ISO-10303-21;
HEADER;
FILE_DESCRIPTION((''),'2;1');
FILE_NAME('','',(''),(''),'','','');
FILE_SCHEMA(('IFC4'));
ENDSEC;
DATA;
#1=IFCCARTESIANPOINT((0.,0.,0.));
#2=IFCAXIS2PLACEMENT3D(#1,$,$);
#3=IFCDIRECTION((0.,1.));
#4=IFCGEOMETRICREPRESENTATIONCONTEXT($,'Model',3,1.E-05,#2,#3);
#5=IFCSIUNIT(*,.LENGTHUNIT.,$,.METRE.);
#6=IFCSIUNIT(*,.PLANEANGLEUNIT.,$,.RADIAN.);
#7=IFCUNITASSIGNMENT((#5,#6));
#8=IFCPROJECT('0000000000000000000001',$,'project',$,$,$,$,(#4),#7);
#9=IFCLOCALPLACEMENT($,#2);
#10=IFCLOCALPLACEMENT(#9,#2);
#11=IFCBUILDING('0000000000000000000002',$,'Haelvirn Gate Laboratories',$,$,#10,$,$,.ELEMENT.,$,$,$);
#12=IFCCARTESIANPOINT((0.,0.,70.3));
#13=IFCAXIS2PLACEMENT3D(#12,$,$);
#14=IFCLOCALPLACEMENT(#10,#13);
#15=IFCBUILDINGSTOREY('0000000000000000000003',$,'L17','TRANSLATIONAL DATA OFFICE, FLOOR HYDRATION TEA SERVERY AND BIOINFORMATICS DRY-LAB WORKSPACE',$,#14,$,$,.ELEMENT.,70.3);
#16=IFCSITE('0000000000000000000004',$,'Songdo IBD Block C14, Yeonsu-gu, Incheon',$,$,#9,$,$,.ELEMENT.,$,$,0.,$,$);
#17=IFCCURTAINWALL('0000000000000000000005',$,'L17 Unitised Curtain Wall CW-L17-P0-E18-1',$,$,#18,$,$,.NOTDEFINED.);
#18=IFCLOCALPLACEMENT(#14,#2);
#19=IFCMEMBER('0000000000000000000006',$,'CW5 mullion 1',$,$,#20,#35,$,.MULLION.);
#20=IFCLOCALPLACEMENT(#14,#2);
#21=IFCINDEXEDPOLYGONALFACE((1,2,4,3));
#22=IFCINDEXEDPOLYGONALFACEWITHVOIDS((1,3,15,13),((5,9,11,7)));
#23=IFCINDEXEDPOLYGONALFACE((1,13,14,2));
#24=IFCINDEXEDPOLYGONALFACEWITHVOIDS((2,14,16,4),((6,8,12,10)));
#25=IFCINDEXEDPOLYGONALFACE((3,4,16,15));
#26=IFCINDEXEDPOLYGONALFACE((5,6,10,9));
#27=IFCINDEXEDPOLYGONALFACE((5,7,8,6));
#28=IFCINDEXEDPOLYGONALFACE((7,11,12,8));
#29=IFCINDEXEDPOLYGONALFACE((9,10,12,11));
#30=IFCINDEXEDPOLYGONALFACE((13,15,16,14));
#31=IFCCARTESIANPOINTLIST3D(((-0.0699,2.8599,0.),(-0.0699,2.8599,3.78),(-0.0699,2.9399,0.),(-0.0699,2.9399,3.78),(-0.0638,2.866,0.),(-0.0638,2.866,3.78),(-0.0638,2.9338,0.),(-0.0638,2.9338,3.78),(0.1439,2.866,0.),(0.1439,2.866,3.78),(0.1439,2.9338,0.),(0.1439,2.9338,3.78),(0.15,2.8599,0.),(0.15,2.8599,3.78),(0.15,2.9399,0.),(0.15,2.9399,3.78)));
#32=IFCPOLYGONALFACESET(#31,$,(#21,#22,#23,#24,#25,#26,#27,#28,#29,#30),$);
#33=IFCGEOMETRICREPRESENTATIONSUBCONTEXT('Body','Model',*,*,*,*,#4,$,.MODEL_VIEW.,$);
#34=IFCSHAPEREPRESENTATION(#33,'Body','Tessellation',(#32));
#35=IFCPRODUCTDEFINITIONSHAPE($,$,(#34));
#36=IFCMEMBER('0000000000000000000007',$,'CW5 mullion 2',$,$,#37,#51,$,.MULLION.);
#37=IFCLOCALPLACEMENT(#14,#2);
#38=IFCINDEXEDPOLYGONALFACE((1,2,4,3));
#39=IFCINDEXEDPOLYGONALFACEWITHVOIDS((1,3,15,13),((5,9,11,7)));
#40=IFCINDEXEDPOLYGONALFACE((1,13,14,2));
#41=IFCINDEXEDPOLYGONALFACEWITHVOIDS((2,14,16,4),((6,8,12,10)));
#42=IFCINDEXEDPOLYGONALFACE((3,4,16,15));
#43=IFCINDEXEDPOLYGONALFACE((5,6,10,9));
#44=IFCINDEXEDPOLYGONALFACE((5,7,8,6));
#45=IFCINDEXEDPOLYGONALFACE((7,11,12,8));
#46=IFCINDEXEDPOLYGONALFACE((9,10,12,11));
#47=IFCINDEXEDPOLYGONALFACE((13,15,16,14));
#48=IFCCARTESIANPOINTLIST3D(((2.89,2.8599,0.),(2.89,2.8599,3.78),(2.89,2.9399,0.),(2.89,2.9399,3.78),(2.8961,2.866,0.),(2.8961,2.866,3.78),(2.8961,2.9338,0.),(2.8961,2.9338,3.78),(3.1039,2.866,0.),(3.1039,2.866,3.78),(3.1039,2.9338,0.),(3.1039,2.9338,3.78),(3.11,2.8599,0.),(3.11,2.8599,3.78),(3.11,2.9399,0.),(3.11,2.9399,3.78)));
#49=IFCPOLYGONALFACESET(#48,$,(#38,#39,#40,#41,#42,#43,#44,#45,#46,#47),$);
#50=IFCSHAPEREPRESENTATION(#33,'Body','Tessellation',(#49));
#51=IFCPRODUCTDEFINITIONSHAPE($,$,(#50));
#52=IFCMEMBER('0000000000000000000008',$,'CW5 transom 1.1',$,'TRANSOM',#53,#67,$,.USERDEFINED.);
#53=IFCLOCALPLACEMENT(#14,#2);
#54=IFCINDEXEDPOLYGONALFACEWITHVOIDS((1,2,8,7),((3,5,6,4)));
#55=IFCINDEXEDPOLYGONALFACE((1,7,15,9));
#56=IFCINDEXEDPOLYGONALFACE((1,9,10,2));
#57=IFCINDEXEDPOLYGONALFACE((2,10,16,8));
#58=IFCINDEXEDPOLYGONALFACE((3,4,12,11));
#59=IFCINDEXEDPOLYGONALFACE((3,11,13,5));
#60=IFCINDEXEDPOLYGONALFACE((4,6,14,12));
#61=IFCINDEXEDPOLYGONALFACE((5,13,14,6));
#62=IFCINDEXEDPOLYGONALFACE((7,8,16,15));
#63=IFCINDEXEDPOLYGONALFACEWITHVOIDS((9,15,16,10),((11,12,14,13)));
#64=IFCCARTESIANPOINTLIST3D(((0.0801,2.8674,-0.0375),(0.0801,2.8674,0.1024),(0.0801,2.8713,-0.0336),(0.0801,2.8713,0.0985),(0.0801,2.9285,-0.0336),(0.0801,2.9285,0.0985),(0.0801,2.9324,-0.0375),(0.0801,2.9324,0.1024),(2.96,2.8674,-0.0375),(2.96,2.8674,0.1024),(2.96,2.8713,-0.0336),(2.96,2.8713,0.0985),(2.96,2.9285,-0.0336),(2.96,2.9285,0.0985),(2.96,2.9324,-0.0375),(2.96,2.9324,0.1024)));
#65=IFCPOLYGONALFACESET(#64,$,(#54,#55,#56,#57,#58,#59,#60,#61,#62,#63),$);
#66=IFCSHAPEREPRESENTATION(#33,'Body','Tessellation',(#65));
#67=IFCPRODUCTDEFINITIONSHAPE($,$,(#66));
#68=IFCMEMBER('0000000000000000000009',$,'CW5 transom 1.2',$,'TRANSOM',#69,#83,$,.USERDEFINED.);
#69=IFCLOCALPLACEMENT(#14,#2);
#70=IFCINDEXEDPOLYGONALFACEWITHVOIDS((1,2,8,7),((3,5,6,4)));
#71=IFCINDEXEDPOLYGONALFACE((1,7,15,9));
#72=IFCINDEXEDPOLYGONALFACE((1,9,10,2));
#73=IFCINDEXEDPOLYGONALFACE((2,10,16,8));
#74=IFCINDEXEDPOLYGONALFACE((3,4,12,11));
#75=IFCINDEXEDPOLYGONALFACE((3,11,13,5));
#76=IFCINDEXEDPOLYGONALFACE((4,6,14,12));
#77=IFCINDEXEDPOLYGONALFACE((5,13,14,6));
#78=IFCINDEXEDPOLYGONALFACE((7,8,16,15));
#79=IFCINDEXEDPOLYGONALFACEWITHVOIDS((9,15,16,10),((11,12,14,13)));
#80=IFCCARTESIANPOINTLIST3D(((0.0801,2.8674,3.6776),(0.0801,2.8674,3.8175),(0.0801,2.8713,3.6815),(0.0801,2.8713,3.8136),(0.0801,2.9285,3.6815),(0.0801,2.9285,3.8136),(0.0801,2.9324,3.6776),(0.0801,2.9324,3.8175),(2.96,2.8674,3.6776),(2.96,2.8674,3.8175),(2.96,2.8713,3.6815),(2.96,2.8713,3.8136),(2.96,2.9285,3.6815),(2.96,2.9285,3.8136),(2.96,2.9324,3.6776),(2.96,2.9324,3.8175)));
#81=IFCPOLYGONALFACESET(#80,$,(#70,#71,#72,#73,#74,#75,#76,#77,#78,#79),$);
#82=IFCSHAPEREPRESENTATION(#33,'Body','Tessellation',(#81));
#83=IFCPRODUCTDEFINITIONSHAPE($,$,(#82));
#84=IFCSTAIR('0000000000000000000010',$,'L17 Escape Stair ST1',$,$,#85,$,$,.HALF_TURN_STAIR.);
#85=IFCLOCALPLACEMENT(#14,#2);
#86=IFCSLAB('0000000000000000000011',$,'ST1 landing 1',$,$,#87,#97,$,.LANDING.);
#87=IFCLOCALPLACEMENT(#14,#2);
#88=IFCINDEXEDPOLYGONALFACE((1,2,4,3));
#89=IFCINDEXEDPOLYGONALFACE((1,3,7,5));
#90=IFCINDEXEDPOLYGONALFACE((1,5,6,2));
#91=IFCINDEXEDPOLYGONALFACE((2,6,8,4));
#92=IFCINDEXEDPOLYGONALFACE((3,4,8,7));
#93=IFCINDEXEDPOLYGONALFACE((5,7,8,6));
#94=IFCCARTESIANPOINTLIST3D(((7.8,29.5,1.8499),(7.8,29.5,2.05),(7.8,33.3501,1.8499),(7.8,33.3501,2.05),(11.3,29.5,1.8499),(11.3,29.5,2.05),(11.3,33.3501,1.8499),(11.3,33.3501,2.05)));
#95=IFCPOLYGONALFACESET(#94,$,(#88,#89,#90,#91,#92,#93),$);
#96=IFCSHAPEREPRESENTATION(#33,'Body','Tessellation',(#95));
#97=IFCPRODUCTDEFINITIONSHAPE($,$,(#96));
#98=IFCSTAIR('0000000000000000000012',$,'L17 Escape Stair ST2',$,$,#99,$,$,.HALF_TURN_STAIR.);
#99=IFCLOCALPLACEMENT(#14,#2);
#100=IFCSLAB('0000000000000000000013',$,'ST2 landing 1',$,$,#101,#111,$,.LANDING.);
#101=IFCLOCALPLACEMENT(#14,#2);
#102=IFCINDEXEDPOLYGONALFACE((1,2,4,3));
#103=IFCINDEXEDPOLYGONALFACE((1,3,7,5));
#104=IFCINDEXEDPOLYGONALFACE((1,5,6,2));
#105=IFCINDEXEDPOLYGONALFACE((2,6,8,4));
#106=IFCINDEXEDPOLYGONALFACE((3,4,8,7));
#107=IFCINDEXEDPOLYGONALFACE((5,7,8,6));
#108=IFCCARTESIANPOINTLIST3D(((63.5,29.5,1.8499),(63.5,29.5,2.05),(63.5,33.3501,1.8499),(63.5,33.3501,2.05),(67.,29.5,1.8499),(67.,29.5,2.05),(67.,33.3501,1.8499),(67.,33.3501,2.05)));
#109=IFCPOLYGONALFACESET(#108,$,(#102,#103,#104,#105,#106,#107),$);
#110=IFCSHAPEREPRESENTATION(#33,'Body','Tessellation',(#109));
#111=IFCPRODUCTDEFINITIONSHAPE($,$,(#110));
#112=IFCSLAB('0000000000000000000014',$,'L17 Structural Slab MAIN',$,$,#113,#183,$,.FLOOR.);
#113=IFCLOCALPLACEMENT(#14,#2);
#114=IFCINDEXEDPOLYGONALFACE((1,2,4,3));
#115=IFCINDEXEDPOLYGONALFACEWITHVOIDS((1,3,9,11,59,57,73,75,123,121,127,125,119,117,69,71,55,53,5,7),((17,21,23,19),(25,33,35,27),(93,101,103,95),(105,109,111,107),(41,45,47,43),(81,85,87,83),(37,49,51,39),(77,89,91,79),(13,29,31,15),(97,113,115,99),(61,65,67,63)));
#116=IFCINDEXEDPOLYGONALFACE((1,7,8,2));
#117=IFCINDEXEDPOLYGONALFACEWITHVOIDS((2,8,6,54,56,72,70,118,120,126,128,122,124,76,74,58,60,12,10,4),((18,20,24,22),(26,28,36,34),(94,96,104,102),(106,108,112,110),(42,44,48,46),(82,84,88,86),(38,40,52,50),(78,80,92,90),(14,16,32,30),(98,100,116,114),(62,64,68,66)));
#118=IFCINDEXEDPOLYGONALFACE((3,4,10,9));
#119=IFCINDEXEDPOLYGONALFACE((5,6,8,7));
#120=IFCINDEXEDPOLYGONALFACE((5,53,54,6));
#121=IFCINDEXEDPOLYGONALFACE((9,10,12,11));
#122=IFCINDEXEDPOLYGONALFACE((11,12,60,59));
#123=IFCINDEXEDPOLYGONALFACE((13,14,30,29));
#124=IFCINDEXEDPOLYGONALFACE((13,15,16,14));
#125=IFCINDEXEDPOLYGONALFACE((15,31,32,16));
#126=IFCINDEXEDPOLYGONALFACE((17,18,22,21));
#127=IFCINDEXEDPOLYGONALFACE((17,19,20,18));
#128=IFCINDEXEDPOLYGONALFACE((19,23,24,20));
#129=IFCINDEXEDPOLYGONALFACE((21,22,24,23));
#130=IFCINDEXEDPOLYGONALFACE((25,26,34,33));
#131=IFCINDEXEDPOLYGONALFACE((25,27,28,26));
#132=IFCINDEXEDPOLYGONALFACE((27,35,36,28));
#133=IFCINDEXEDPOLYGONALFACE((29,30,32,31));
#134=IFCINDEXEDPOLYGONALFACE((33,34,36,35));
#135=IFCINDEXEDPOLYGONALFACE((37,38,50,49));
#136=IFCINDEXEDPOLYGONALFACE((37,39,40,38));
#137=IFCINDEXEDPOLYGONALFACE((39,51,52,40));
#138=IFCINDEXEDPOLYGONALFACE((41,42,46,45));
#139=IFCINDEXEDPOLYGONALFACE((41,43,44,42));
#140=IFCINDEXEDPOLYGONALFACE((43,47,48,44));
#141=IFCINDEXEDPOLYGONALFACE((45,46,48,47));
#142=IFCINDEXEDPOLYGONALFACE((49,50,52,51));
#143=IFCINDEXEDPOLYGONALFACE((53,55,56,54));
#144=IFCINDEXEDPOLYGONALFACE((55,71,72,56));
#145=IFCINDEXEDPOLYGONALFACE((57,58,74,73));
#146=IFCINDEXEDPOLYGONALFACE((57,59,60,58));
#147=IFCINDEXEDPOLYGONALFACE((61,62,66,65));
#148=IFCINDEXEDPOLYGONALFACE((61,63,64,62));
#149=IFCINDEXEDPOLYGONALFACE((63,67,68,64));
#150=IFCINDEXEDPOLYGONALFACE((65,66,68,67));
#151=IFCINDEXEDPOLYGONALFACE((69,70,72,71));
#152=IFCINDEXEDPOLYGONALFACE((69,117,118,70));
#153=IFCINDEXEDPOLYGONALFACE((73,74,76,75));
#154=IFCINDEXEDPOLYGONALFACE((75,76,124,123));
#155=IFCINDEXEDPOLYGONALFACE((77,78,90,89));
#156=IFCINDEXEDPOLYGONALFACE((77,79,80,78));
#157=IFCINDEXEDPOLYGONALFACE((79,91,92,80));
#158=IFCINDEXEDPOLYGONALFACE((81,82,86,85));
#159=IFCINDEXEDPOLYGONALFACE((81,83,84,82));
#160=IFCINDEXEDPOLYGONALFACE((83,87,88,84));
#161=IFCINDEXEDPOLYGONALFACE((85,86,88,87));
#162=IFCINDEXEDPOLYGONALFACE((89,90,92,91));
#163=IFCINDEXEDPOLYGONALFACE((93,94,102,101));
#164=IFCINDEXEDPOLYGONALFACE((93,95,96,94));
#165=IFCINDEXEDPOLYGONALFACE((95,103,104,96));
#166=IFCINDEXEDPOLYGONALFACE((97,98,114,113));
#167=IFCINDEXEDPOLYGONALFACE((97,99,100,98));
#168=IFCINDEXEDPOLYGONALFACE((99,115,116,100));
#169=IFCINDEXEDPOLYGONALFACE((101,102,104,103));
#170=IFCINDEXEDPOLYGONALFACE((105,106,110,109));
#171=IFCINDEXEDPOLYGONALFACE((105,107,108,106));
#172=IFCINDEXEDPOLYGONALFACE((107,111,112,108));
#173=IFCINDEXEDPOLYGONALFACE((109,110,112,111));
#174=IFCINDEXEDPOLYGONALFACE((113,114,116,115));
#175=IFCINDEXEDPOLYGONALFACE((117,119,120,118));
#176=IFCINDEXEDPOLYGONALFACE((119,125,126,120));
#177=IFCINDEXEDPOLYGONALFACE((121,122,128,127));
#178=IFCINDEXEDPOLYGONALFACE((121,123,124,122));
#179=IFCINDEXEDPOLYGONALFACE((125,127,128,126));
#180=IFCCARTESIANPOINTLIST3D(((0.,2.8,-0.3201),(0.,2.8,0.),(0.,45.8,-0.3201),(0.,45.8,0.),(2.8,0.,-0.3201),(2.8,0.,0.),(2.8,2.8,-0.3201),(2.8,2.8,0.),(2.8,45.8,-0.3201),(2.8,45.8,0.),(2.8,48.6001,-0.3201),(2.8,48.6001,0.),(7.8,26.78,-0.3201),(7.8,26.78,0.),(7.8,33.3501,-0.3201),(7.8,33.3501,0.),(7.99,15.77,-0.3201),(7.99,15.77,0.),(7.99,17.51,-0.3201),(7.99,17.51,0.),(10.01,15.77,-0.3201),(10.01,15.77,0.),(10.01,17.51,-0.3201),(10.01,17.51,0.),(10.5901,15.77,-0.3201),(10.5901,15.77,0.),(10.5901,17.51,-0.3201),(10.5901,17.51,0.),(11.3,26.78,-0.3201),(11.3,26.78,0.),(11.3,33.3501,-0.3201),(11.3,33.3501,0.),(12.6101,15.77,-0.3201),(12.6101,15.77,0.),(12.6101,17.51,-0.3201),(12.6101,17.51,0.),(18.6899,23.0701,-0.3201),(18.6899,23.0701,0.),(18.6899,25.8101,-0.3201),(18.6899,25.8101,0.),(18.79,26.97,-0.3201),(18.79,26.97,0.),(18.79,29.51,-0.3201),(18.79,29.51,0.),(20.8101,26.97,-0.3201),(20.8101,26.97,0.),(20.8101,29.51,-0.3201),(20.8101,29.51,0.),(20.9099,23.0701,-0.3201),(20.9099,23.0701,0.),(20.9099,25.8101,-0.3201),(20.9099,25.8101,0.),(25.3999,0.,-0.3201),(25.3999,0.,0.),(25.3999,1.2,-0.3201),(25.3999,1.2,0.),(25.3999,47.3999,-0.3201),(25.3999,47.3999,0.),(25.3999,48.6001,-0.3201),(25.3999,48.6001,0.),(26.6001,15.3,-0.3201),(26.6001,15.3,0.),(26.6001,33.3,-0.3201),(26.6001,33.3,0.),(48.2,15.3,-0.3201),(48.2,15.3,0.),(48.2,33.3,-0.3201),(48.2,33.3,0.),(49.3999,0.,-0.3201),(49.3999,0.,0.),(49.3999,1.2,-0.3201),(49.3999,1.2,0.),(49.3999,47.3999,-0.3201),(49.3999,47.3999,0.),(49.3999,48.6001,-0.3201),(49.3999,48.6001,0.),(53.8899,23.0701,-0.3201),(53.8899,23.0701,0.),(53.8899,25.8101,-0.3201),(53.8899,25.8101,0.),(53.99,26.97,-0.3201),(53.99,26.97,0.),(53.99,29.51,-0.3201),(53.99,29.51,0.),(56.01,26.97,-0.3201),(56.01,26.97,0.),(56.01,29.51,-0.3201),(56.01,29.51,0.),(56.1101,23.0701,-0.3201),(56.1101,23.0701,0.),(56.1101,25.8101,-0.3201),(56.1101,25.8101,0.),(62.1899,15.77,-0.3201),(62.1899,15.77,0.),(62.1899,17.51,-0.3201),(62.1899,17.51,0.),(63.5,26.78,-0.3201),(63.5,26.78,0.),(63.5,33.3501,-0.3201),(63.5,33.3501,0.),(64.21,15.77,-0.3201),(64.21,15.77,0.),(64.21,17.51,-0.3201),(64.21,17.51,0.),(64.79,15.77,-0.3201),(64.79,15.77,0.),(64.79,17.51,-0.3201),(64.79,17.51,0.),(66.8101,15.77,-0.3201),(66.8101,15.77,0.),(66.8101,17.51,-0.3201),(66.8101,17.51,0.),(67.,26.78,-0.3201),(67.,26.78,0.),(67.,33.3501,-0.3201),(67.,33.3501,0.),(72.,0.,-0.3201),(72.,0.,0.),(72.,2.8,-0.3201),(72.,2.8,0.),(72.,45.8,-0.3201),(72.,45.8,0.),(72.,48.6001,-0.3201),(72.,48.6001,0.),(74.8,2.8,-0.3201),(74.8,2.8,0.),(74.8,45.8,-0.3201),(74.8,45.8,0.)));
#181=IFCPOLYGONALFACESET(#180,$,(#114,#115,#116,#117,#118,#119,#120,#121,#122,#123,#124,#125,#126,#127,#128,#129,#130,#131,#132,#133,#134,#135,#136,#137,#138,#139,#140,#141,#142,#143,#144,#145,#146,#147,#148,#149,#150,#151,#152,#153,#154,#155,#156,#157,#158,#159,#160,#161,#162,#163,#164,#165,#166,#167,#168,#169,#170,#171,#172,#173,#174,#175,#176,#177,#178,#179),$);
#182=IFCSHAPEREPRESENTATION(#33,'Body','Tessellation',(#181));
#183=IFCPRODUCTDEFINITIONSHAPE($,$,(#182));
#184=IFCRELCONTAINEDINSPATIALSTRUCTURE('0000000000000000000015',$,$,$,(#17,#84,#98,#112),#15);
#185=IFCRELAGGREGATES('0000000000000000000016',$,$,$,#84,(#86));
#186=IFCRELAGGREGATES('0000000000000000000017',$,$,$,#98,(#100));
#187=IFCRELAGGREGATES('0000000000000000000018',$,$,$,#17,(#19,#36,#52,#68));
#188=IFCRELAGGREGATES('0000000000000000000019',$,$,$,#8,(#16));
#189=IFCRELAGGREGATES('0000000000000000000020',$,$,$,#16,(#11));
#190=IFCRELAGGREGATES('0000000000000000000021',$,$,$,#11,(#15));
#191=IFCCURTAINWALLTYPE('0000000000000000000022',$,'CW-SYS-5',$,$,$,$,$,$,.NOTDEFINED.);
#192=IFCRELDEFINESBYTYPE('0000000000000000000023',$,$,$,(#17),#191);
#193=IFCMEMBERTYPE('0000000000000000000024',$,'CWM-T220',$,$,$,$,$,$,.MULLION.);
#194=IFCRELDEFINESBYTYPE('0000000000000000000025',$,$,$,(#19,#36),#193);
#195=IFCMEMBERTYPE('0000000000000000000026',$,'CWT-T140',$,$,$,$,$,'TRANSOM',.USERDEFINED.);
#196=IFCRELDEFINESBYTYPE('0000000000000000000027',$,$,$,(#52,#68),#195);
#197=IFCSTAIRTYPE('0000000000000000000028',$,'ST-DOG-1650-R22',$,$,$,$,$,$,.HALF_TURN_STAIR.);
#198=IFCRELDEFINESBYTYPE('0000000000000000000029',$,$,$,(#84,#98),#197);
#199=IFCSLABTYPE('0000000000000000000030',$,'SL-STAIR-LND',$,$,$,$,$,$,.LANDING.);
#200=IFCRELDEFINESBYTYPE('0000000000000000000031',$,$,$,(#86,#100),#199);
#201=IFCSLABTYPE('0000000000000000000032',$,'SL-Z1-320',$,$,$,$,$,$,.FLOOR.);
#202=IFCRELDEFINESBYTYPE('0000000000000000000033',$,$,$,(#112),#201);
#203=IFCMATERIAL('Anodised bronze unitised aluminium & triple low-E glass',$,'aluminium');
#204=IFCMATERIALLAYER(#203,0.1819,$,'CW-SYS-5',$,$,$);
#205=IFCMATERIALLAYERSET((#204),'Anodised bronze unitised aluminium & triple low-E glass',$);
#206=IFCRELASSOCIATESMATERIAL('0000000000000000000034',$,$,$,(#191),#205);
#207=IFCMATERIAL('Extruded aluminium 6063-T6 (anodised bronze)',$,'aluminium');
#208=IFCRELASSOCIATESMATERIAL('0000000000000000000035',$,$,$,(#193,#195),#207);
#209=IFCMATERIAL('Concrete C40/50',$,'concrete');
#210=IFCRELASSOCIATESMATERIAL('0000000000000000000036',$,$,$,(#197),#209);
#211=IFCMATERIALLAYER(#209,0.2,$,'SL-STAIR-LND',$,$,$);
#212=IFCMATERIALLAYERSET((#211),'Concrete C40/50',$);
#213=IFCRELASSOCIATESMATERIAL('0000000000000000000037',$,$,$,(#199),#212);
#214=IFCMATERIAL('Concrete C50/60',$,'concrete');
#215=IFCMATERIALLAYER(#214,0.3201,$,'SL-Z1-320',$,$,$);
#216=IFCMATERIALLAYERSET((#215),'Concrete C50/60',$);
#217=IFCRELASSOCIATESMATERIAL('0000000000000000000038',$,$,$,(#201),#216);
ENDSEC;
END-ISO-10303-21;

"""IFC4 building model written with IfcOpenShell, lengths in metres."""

from ifc_helpers import new_model, si_unit, direction, frame, origin, origin_2d, place, context, subcontext, project, spatial, polyline, hollow_rectangle, outline, extrude, source, transform, mapped, material, layer, layer_set, material_profile, profile_set, type_object, type_shapes, element, aggregate, save


model = new_model("IFC4")

# Units and contexts
model_context = context("Model", 3, precision=1e-05, world=origin(), true_north=direction((0.0, 1.0)))
body_context = subcontext(model_context, "Body", "Model", "MODEL_VIEW")
ifc_project = project(units=[si_unit("LENGTHUNIT", "METRE"), si_unit("PLANEANGLEUNIT", "RADIAN")], contexts=[model_context])

# Site, building, storey
site_placement = place(None, origin())
site = spatial("IfcSite", under=ifc_project, at=site_placement, Name="Songdo IBD Block C14, Yeonsu-gu, Incheon", CompositionType="ELEMENT", RefElevation=0.0)
building_placement = place(site_placement, origin())
building = spatial("IfcBuilding", under=site, at=building_placement, Name="Haelvirn Gate Laboratories", CompositionType="ELEMENT")
storey_placement = place(building_placement, frame((0.0, 0.0, 70.3)))
storey = spatial("IfcBuildingStorey", under=building, at=storey_placement, Name="L17", Description="TRANSLATIONAL DATA OFFICE, FLOOR HYDRATION TEA SERVERY AND BIOINFORMATICS DRY-LAB WORKSPACE", CompositionType="ELEMENT", Elevation=70.3)

# Shared definitions
ifc_material_1 = material(Name="Anodised bronze unitised aluminium & triple low-E glass", Category="aluminium")
ifc_material_2 = material(Name="Extruded aluminium 6063-T6 (anodised bronze)", Category="aluminium")

# Curtain wall, members
ifc_layer_1 = layer(ifc_material_1, 0.1819, Name="CW-SYS-5")
ifc_layer_set_1 = layer_set([ifc_layer_1], Name="Anodised bronze unitised aluminium & triple low-E glass")
curtain_wall_type_1 = type_object("IfcCurtainWallType", Name="CW-SYS-5", PredefinedType="NOTDEFINED", material=ifc_layer_set_1)
curtain_wall_1_placement = place(storey_placement, origin())
curtain_wall_1 = element("IfcCurtainWall", 1, at=curtain_wall_1_placement, inside=storey, type_object=curtain_wall_type_1, Name="L17 Unitised Curtain Wall CW-L17-P0-E18-1", PredefinedType="NOTDEFINED")
ifc_material_profile_1 = material_profile(ifc_material_2, hollow_rectangle(XDim=0.0801, YDim=0.22, WallThickness=0.0061, at=origin_2d()), Name="CWM-220x80x6")
ifc_profile_set_1 = profile_set([ifc_material_profile_1], Name="Extruded aluminium 6063-T6 (anodised bronze)")
member_type_1 = type_object("IfcMemberType", Name="CWM-T220", PredefinedType="MULLION", material=ifc_profile_set_1)
shared_shape_1 = source(origin(), body_context, "Body", "SweptSolid", [
    extrude(hollow_rectangle(XDim=0.0801, YDim=0.22, WallThickness=0.0061, at=origin_2d()), origin(), (0.0, 0.0, 1.0), 3.78),
])
type_shapes(member_type_1, [shared_shape_1])
member_1_placement = place(storey_placement, frame((0.04, 2.8999, 0.0), z_axis=(0.0, 0.0, 1.0), x_axis=(0.0, 1.0, 0.0)))
member_1 = element("IfcMember", 2, at=member_1_placement, type_object=member_type_1, Name="CW5 mullion 1", PredefinedType="MULLION", context=body_context, shape_type="MappedRepresentation", body=[
    mapped(shared_shape_1, transform((0.0, 0.0, 0.0), scale=1.0)),
])
member_2_placement = place(storey_placement, frame((3.0, 2.8999, 0.0), z_axis=(0.0, 0.0, 1.0), x_axis=(0.0, 1.0, 0.0)))
member_2 = element("IfcMember", 3, at=member_2_placement, type_object=member_type_1, Name="CW5 mullion 2", PredefinedType="MULLION", context=body_context, shape_type="MappedRepresentation", body=[
    mapped(shared_shape_1, transform((0.0, 0.0, 0.0), scale=1.0)),
])
ifc_material_profile_2 = material_profile(ifc_material_2, hollow_rectangle(XDim=0.0649, YDim=0.1399, WallThickness=0.0039, at=origin_2d()), Name="CWT-140x65x4")
ifc_profile_set_2 = profile_set([ifc_material_profile_2], Name="Extruded aluminium 6063-T6 (anodised bronze)")
member_type_2 = type_object("IfcMemberType", Name="CWT-T140", ElementType="TRANSOM", PredefinedType="USERDEFINED", material=ifc_profile_set_2)
shared_shape_2 = source(origin(), body_context, "Body", "SweptSolid", [
    extrude(hollow_rectangle(XDim=0.0649, YDim=0.1399, WallThickness=0.0039, at=origin_2d()), origin(), (0.0, 0.0, 1.0), 2.8799),
])
type_shapes(member_type_2, [shared_shape_2])
member_3_placement = place(storey_placement, frame((0.0801, 2.8999, 0.0325), z_axis=(1.0, 0.0, 0.0), x_axis=(0.0, 1.0, 0.0)))
member_3 = element("IfcMember", 4, at=member_3_placement, type_object=member_type_2, Name="CW5 transom 1.1", ObjectType="TRANSOM", PredefinedType="USERDEFINED", context=body_context, shape_type="MappedRepresentation", body=[
    mapped(shared_shape_2, transform((0.0, 0.0, 0.0), scale=1.0)),
])
member_4_placement = place(storey_placement, frame((0.0801, 2.8999, 3.7476), z_axis=(1.0, 0.0, 0.0), x_axis=(0.0, 1.0, 0.0)))
member_4 = element("IfcMember", 5, at=member_4_placement, type_object=member_type_2, Name="CW5 transom 1.2", ObjectType="TRANSOM", PredefinedType="USERDEFINED", context=body_context, shape_type="MappedRepresentation", body=[
    mapped(shared_shape_2, transform((0.0, 0.0, 0.0), scale=1.0)),
])

# Stairs, slabs
ifc_material_3 = material(Name="Concrete C40/50", Category="concrete")
stair_type = type_object("IfcStairType", Name="ST-DOG-1650-R22", PredefinedType="HALF_TURN_STAIR", material=ifc_material_3)
stair_1_placement = place(storey_placement, origin())
stair_1 = element("IfcStair", 6, at=stair_1_placement, inside=storey, type_object=stair_type, Name="L17 Escape Stair ST1", PredefinedType="HALF_TURN_STAIR")
ifc_layer_2 = layer(ifc_material_3, 0.2, Name="SL-STAIR-LND")
ifc_layer_set_2 = layer_set([ifc_layer_2], Name="Concrete C40/50")
slab_type_1 = type_object("IfcSlabType", Name="SL-STAIR-LND", PredefinedType="LANDING", material=ifc_layer_set_2)
slab_1_placement = place(storey_placement, frame((0.0, 0.0, 1.8499)))
slab_1 = element("IfcSlab", 7, at=slab_1_placement, type_object=slab_type_1, Name="ST1 landing 1", PredefinedType="LANDING", context=body_context, shape_type="SweptSolid", body=[
    extrude(outline(polyline([(11.3, 29.5), (11.3, 33.3501), (7.8, 33.3501), (7.8, 29.5), (11.3, 29.5)])), origin(), (0.0, 0.0, 1.0), 0.2002),
])
aggregate(stair_1, [slab_1])
stair_2_placement = place(storey_placement, origin())
stair_2 = element("IfcStair", 8, at=stair_2_placement, inside=storey, type_object=stair_type, Name="L17 Escape Stair ST2", PredefinedType="HALF_TURN_STAIR")
slab_2_placement = place(storey_placement, frame((0.0, 0.0, 1.8499)))
slab_2 = element("IfcSlab", 9, at=slab_2_placement, type_object=slab_type_1, Name="ST2 landing 1", PredefinedType="LANDING", context=body_context, shape_type="SweptSolid", body=[
    extrude(outline(polyline([(67.0, 29.5), (67.0, 33.3501), (63.5, 33.3501), (63.5, 29.5), (67.0, 29.5)])), origin(), (0.0, 0.0, 1.0), 0.2002),
])
aggregate(stair_2, [slab_2])

# Slab
ifc_material_4 = material(Name="Concrete C50/60", Category="concrete")
ifc_layer_3 = layer(ifc_material_4, 0.3201, Name="SL-Z1-320")
ifc_layer_set_3 = layer_set([ifc_layer_3], Name="Concrete C50/60")
slab_type_2 = type_object("IfcSlabType", Name="SL-Z1-320", PredefinedType="FLOOR", material=ifc_layer_set_3)
slab_3_placement = place(storey_placement, frame((0.0, 0.0, -0.3201)))
element("IfcSlab", 10, at=slab_3_placement, inside=storey, type_object=slab_type_2, Name="L17 Structural Slab MAIN", PredefinedType="FLOOR", context=body_context, shape_type="SweptSolid", body=[
    extrude(outline(polyline([(2.8, 0.0), (25.3999, 0.0), (25.3999, 1.2), (49.3999, 1.2), (49.3999, 0.0), (72.0, 0.0), (72.0, 2.8), (74.8, 2.8), (74.8, 45.8), (72.0, 45.8), (72.0, 48.6001), (49.3999, 48.6001), (49.3999, 47.3999), (25.3999, 47.3999), (25.3999, 48.6001), (2.8, 48.6001), (2.8, 45.8), (0.0, 45.8), (0.0, 2.8), (2.8, 2.8), (2.8, 0.0)]), holes=[polyline([(26.6001, 15.3), (48.2, 15.3), (48.2, 33.3), (26.6001, 33.3), (26.6001, 15.3)]), polyline([(11.3, 26.78), (11.3, 33.3501), (7.8, 33.3501), (7.8, 26.78), (11.3, 26.78)]), polyline([(67.0, 26.78), (67.0, 33.3501), (63.5, 33.3501), (63.5, 26.78), (67.0, 26.78)]), polyline([(7.99, 15.77), (10.01, 15.77), (10.01, 17.51), (7.99, 17.51), (7.99, 15.77)]), polyline([(10.5901, 15.77), (12.6101, 15.77), (12.6101, 17.51), (10.5901, 17.51), (10.5901, 15.77)]), polyline([(18.79, 26.97), (20.8101, 26.97), (20.8101, 29.51), (18.79, 29.51), (18.79, 26.97)]), polyline([(18.6899, 23.0701), (20.9099, 23.0701), (20.9099, 25.8101), (18.6899, 25.8101), (18.6899, 23.0701)]), polyline([(64.79, 15.77), (66.8101, 15.77), (66.8101, 17.51), (64.79, 17.51), (64.79, 15.77)]), polyline([(62.1899, 15.77), (64.21, 15.77), (64.21, 17.51), (62.1899, 17.51), (62.1899, 15.77)]), polyline([(53.99, 26.97), (56.01, 26.97), (56.01, 29.51), (53.99, 29.51), (53.99, 26.97)]), polyline([(53.8899, 23.0701), (56.1101, 23.0701), (56.1101, 25.8101), (53.8899, 25.8101), (53.8899, 23.0701)])]), origin(), (0.0, 0.0, 1.0), 0.3201),
])

aggregate(curtain_wall_1, [member_1, member_2, member_3, member_4])

save(model, "model.ifc")
